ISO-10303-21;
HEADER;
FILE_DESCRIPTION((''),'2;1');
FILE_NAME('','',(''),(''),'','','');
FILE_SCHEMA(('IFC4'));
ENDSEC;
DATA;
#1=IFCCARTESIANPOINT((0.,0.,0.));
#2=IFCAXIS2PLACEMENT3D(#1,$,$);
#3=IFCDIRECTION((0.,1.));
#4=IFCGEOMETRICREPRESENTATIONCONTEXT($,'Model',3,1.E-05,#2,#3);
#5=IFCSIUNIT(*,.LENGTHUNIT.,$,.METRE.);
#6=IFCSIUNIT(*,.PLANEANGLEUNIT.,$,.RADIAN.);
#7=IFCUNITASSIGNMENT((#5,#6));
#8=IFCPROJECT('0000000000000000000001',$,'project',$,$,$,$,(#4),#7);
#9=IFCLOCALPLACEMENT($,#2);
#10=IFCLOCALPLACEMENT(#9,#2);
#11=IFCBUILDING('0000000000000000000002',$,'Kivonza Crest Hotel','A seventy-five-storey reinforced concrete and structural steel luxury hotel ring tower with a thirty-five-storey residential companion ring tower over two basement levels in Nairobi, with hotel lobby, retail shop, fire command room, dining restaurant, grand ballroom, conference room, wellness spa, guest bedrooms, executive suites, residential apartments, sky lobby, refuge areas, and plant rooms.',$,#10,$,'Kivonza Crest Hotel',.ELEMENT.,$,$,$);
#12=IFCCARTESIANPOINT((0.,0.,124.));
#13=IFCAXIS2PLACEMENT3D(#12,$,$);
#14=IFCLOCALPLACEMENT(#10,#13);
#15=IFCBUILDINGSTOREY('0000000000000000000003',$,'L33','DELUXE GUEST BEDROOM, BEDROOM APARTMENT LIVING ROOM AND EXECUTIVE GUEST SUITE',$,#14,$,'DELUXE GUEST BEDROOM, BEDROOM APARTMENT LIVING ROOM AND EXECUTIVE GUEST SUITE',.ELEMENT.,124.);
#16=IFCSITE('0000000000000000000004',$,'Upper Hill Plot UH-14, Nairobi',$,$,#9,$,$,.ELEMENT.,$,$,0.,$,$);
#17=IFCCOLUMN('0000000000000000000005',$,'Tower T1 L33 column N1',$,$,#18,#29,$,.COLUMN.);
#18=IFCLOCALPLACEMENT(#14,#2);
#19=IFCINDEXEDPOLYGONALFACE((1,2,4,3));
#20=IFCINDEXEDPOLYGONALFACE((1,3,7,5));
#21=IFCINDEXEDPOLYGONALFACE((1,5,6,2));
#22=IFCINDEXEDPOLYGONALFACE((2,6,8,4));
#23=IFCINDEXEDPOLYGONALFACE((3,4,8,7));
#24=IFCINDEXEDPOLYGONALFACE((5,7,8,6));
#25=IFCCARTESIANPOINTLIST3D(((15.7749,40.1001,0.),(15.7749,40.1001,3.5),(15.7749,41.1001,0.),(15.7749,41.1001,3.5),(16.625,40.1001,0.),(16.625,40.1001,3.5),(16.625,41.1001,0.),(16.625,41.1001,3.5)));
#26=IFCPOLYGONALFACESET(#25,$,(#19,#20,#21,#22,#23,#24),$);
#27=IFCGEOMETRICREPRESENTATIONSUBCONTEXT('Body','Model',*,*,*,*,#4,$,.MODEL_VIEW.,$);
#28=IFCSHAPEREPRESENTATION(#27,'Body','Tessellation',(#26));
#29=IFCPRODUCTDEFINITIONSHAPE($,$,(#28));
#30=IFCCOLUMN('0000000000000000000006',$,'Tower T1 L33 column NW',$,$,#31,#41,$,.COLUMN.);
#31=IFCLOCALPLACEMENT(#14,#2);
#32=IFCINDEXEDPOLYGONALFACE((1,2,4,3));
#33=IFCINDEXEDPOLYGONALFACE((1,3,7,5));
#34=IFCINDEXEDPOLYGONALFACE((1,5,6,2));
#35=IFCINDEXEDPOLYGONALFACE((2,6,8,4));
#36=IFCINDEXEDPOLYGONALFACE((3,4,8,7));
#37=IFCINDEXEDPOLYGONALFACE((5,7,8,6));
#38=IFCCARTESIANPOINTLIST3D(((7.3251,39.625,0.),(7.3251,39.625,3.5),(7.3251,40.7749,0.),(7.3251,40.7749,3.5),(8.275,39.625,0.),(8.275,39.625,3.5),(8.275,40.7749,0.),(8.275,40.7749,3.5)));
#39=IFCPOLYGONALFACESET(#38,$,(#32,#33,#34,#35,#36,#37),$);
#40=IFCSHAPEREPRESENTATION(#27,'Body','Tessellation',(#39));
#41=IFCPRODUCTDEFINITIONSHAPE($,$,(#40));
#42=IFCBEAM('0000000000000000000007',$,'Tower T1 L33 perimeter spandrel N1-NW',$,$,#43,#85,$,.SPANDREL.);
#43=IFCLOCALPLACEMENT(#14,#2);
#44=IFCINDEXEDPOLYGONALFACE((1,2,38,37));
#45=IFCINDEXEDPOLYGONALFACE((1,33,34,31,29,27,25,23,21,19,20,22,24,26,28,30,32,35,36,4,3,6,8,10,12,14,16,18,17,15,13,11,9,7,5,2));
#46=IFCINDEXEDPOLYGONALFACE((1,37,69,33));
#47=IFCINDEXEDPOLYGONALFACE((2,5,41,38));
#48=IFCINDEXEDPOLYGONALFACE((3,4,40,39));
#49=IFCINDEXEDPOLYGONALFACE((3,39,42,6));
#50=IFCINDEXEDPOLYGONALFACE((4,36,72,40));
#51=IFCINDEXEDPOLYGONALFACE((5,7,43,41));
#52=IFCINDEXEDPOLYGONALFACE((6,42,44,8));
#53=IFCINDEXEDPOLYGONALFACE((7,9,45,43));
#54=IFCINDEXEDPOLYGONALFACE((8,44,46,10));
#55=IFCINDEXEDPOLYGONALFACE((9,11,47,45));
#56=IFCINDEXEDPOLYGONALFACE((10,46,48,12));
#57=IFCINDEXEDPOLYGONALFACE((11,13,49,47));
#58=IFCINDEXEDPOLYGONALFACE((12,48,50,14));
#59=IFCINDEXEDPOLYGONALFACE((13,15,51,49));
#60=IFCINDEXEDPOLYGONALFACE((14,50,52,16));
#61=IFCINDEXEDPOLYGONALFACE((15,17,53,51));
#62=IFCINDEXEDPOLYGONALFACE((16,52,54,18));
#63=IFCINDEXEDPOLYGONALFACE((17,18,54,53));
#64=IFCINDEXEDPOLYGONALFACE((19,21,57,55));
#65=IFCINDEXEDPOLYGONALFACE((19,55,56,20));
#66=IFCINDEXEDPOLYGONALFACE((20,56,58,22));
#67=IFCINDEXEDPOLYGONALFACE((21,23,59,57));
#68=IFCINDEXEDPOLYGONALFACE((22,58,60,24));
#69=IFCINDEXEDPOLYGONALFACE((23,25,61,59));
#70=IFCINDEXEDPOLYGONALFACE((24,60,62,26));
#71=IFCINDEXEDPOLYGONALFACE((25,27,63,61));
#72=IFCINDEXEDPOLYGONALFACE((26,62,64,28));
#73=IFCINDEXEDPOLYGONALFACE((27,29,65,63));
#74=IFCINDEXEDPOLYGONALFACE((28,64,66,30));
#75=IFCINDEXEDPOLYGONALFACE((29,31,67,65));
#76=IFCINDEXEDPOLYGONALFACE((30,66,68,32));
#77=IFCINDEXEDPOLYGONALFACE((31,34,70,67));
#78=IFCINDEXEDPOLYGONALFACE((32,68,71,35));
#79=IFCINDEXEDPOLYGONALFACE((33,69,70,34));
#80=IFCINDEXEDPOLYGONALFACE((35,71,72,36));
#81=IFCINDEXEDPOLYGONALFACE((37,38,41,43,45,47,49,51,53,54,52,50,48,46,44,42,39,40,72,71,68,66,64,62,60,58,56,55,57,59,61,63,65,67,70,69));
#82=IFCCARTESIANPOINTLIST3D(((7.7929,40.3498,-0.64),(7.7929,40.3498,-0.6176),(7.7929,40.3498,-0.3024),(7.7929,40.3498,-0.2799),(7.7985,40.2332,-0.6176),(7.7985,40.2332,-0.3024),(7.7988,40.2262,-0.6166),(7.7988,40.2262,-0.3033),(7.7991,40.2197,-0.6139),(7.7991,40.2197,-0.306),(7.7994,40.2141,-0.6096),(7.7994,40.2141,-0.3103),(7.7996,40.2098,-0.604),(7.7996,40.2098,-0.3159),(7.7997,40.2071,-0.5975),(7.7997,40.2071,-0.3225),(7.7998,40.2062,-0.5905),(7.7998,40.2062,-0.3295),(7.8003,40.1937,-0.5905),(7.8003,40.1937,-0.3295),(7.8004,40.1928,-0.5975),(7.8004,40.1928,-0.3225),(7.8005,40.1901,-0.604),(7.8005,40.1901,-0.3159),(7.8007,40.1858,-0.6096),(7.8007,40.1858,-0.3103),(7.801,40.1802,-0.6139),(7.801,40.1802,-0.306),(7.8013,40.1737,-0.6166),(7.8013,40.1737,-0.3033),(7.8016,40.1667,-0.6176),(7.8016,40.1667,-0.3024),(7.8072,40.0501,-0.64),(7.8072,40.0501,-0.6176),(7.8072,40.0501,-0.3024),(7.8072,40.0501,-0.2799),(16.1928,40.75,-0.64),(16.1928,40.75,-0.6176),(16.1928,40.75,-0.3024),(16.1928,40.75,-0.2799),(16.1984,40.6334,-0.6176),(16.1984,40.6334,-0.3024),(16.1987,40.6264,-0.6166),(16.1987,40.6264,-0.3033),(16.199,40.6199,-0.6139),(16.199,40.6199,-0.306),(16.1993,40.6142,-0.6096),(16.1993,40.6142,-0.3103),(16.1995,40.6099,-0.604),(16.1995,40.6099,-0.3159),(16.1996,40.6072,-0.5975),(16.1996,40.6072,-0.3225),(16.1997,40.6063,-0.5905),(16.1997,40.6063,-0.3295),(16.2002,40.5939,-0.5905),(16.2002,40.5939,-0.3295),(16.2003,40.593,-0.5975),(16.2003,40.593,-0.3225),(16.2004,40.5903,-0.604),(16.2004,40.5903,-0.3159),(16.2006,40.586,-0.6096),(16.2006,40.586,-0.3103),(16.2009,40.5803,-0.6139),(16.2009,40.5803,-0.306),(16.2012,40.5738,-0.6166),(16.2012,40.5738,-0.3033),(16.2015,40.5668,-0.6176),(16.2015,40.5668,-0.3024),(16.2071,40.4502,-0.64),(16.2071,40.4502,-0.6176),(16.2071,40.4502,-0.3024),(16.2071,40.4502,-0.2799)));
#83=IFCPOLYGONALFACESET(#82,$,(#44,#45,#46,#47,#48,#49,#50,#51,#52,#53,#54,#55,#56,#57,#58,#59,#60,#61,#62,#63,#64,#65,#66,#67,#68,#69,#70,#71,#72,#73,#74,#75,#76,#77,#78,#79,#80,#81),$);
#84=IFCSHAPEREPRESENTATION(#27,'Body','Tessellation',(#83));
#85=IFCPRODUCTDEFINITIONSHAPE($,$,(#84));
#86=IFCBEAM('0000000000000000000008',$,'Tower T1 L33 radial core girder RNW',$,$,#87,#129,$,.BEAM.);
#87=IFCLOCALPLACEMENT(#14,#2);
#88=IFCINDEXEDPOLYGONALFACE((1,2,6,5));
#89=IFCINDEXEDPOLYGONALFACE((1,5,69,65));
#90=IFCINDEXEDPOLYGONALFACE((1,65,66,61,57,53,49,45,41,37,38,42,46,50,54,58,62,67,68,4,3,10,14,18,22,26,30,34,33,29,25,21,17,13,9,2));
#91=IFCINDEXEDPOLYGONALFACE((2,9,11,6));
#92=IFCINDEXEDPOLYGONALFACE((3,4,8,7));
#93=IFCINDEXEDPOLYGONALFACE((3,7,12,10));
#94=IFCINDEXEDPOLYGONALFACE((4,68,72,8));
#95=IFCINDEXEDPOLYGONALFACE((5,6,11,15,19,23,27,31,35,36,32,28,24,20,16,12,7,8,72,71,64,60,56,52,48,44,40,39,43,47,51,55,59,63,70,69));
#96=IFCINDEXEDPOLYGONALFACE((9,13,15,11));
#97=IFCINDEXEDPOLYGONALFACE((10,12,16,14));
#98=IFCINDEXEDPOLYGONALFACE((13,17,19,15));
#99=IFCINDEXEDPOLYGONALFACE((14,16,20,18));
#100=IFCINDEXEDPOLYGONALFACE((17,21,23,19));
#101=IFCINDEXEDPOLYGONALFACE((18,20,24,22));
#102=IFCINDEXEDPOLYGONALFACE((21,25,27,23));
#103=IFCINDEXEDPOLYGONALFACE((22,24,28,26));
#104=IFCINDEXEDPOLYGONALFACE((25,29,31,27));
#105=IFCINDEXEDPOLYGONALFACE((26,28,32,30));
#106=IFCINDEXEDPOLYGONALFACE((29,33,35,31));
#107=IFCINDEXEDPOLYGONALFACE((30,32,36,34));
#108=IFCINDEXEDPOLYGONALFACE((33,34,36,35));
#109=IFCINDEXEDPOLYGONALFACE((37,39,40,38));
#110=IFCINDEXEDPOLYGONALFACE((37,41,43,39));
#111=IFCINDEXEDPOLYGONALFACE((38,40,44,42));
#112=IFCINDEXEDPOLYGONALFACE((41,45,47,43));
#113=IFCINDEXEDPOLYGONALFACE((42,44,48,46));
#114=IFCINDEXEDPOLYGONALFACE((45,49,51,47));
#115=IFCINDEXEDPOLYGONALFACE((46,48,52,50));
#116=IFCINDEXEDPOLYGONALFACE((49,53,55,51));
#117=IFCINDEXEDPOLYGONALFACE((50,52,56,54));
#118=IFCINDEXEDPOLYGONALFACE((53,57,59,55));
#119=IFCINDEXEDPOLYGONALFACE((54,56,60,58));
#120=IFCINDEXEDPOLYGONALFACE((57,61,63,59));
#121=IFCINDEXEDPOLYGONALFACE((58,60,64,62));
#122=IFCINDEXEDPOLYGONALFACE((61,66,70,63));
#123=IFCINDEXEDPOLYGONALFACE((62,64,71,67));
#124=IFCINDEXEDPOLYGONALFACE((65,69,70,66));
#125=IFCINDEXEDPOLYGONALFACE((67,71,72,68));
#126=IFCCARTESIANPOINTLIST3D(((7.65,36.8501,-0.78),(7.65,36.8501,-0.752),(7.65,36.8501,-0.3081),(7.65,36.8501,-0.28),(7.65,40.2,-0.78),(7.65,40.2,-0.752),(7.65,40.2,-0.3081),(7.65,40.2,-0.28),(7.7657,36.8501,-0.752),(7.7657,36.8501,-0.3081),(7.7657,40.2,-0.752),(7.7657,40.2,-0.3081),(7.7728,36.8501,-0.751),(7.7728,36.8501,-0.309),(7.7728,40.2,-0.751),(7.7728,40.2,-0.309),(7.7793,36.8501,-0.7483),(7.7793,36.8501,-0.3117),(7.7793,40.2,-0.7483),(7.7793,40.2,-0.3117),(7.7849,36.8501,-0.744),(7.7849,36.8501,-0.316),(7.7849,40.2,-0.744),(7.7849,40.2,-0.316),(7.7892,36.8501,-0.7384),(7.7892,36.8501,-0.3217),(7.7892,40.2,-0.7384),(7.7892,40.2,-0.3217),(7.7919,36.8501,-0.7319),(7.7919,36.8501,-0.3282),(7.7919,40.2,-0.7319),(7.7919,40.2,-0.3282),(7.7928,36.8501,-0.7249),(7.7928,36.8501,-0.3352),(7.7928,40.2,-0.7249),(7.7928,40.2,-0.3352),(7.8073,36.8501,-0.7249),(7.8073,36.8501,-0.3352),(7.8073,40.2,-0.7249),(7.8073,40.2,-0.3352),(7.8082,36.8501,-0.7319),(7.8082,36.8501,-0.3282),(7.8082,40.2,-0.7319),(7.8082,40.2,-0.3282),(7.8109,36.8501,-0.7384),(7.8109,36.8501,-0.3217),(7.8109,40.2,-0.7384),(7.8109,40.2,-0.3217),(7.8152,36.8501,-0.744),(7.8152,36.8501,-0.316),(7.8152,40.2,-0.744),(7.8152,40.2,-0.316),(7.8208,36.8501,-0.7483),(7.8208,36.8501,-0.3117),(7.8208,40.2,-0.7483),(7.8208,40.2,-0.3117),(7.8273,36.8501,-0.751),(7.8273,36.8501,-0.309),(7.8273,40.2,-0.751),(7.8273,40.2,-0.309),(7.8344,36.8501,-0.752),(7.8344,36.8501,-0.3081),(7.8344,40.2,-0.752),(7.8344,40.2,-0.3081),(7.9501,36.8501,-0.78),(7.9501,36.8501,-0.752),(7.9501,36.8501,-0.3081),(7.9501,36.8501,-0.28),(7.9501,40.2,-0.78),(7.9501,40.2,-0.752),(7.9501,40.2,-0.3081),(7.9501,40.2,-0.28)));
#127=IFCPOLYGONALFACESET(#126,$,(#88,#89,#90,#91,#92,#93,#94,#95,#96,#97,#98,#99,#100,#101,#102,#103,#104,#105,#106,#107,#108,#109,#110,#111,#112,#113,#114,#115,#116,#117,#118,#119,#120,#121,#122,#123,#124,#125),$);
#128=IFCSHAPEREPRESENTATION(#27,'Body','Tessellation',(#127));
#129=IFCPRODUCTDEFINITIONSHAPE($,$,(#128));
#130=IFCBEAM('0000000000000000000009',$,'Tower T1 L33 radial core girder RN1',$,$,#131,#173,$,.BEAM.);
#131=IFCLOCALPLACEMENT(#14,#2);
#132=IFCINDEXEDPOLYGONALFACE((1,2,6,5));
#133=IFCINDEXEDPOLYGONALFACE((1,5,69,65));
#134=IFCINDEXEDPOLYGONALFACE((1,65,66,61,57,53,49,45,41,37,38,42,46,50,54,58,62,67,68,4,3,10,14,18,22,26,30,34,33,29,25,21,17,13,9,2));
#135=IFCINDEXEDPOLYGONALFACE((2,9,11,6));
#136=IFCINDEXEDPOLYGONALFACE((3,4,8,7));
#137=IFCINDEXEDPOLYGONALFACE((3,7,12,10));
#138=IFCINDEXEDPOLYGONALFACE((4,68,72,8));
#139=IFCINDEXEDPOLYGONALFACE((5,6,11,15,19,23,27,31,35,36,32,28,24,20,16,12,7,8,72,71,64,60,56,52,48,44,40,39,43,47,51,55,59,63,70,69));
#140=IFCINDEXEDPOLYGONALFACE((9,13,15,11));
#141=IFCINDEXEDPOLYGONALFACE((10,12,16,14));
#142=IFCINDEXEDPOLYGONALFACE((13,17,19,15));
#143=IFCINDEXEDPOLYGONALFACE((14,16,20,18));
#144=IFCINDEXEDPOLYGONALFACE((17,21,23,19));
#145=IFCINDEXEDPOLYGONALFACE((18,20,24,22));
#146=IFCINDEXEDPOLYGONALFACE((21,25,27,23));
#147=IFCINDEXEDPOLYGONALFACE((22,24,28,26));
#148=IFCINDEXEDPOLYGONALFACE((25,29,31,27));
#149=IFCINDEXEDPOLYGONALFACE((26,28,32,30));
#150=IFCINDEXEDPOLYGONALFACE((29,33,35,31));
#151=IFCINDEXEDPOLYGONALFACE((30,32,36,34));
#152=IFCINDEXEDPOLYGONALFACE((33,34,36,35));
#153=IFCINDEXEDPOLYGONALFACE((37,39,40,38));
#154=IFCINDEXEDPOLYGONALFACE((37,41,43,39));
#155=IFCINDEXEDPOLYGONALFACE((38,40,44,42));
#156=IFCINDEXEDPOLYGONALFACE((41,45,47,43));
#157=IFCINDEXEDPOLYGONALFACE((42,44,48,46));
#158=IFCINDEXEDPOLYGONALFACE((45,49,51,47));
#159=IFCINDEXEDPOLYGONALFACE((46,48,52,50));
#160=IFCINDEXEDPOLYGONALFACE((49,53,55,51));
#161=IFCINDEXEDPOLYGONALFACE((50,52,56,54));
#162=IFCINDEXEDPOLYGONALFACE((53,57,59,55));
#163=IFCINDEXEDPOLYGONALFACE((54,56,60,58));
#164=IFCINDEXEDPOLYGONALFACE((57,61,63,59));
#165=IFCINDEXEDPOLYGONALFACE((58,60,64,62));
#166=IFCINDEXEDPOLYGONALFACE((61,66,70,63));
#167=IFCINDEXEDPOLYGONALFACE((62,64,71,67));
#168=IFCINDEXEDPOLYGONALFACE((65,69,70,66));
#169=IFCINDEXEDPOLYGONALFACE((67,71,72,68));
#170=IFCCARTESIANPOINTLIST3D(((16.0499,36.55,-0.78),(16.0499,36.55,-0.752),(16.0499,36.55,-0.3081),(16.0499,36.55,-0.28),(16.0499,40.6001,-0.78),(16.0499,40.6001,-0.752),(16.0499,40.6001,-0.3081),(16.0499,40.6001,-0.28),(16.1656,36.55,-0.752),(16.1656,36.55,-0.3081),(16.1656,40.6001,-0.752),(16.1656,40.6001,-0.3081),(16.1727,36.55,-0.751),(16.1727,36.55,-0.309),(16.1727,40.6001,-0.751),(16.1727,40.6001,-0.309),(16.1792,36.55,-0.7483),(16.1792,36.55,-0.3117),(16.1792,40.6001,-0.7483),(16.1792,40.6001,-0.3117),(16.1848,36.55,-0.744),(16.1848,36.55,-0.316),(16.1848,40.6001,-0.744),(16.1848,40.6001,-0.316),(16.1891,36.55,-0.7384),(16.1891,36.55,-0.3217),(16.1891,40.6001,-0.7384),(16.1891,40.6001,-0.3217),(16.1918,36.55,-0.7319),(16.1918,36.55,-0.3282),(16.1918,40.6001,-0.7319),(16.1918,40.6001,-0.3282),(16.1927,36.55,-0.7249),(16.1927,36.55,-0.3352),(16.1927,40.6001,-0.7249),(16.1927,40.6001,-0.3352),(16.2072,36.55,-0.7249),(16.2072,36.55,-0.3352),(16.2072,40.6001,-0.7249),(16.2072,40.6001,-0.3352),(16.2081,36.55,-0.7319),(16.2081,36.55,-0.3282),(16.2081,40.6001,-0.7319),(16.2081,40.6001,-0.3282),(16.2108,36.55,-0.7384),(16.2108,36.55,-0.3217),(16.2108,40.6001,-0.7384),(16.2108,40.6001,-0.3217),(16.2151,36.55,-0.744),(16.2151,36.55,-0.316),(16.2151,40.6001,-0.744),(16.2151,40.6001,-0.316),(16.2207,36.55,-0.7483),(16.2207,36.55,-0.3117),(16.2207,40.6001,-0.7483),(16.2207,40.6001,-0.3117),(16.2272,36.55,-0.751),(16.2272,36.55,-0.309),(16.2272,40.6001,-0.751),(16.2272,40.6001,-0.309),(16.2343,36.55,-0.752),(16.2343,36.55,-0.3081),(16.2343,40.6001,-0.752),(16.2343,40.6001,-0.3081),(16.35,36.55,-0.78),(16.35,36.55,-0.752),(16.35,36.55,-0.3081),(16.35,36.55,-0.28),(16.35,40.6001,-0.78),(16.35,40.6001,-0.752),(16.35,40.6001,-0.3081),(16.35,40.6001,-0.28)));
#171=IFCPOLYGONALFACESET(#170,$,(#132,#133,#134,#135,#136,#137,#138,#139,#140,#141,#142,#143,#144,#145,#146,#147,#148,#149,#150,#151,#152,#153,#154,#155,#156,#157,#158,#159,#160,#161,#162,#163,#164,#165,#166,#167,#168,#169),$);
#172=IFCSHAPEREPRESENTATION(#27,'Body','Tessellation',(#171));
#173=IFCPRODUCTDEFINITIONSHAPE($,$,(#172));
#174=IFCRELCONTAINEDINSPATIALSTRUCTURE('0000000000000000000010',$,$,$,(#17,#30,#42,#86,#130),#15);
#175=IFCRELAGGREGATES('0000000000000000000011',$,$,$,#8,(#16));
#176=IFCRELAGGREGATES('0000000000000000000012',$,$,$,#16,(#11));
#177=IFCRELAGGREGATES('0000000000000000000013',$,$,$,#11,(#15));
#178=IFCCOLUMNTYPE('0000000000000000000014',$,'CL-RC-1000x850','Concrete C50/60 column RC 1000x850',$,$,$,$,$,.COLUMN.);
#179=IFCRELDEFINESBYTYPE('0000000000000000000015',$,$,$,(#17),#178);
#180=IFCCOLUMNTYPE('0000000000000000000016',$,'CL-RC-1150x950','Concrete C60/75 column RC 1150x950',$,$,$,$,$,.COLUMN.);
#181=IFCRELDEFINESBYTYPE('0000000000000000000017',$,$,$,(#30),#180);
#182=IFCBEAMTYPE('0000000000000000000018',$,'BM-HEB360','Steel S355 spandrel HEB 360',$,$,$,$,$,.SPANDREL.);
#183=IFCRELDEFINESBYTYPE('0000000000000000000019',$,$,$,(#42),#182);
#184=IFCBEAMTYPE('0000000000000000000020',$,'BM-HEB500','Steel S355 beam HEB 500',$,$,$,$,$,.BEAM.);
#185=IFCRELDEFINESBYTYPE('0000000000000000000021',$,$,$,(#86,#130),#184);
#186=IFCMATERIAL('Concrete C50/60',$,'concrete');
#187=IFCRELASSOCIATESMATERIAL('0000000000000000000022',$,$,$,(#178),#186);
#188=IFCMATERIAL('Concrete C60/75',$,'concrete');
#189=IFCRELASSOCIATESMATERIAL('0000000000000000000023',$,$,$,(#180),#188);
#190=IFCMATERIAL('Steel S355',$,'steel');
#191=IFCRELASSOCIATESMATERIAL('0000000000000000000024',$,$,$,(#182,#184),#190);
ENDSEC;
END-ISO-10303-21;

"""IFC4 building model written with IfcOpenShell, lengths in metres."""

from ifc_helpers import new_model, si_unit, direction, frame, origin, origin_2d, place, context, subcontext, project, spatial, rectangle, i_section, extrude, material, material_profile, profile_set, type_object, element, save


model = new_model("IFC4")

# Units and contexts
model_context = context("Model", 3, precision=1e-05, world=origin(), true_north=direction((0.0, 1.0)))
body_context = subcontext(model_context, "Body", "Model", "MODEL_VIEW")
ifc_project = project(units=[si_unit("LENGTHUNIT", "METRE"), si_unit("PLANEANGLEUNIT", "RADIAN")], contexts=[model_context])

# Site, building, storey
site_placement = place(None, origin())
site = spatial("IfcSite", under=ifc_project, at=site_placement, Name="Upper Hill Plot UH-14, Nairobi", CompositionType="ELEMENT", RefElevation=0.0)
building_placement = place(site_placement, origin())
building = spatial("IfcBuilding", under=site, at=building_placement, Name="Kivonza Crest Hotel", Description="A seventy-five-storey reinforced concrete and structural steel luxury hotel ring tower with a thirty-five-storey residential companion ring tower over two basement levels in Nairobi, with hotel lobby, retail shop, fire command room, dining restaurant, grand ballroom, conference room, wellness spa, guest bedrooms, executive suites, residential apartments, sky lobby, refuge areas, and plant rooms.", LongName="Kivonza Crest Hotel", CompositionType="ELEMENT")
storey_placement = place(building_placement, frame((0.0, 0.0, 124.0)))
storey = spatial("IfcBuildingStorey", under=building, at=storey_placement, Name="L33", Description="DELUXE GUEST BEDROOM, BEDROOM APARTMENT LIVING ROOM AND EXECUTIVE GUEST SUITE", LongName="DELUXE GUEST BEDROOM, BEDROOM APARTMENT LIVING ROOM AND EXECUTIVE GUEST SUITE", CompositionType="ELEMENT", Elevation=124.0)

# Columns
ifc_material_1 = material(Name="Concrete C50/60", Category="concrete")
ifc_material_profile_1 = material_profile(ifc_material_1, rectangle(XDim=0.8501, YDim=1.0, at=origin_2d()), Name="RC 1000x850")
ifc_profile_set_1 = profile_set([ifc_material_profile_1], Name="Concrete C50/60")
column_type_1 = type_object("IfcColumnType", Name="CL-RC-1000x850", Description="Concrete C50/60 column RC 1000x850", PredefinedType="COLUMN", material=ifc_profile_set_1)
column_1_placement = place(storey_placement, frame((16.2, 40.6001, 0.0), z_axis=(0.0, 0.0, 1.0), x_axis=(1.0, 0.0, 0.0)))
element("IfcColumn", 1, at=column_1_placement, inside=storey, type_object=column_type_1, Name="Tower T1 L33 column N1", PredefinedType="COLUMN", context=body_context, shape_type="SweptSolid", body=[
    extrude(rectangle(XDim=0.8501, YDim=1.0, at=origin_2d()), origin(), (0.0, 0.0, 1.0), 3.5),
])
ifc_material_2 = material(Name="Concrete C60/75", Category="concrete")
ifc_material_profile_2 = material_profile(ifc_material_2, rectangle(XDim=0.95, YDim=1.1499, at=origin_2d()), Name="RC 1150x950")
ifc_profile_set_2 = profile_set([ifc_material_profile_2], Name="Concrete C60/75")
column_type_2 = type_object("IfcColumnType", Name="CL-RC-1150x950", Description="Concrete C60/75 column RC 1150x950", PredefinedType="COLUMN", material=ifc_profile_set_2)
column_2_placement = place(storey_placement, frame((7.8, 40.2, 0.0), z_axis=(0.0, 0.0, 1.0), x_axis=(1.0, 0.0, 0.0)))
element("IfcColumn", 2, at=column_2_placement, inside=storey, type_object=column_type_2, Name="Tower T1 L33 column NW", PredefinedType="COLUMN", context=body_context, shape_type="SweptSolid", body=[
    extrude(rectangle(XDim=0.95, YDim=1.1499, at=origin_2d()), origin(), (0.0, 0.0, 1.0), 3.5),
])

# Beams
ifc_material_3 = material(Name="Steel S355", Category="steel")
ifc_material_profile_3 = material_profile(ifc_material_3, i_section(OverallWidth=0.3, OverallDepth=0.3601, WebThickness=0.0125, FlangeThickness=0.0225, FilletRadius=0.0271, at=origin_2d()), Name="HEB 360")
ifc_profile_set_3 = profile_set([ifc_material_profile_3], Name="Steel S355")
beam_type_1 = type_object("IfcBeamType", Name="BM-HEB360", Description="Steel S355 spandrel HEB 360", PredefinedType="SPANDREL", material=ifc_profile_set_3)
beam_1_placement = place(storey_placement, frame((16.2, 40.6001, -0.46), z_axis=(-0.998867, -0.047583, 0.0), x_axis=(0.047583, -0.998867, 0.0)))
element("IfcBeam", 3, at=beam_1_placement, inside=storey, type_object=beam_type_1, Name="Tower T1 L33 perimeter spandrel N1-NW", PredefinedType="SPANDREL", context=body_context, shape_type="SweptSolid", body=[
    extrude(i_section(OverallWidth=0.3, OverallDepth=0.3601, WebThickness=0.0125, FlangeThickness=0.0225, FilletRadius=0.0271, at=origin_2d()), origin(), (0.0, 0.0, 1.0), 8.4094),
])
ifc_material_profile_4 = material_profile(ifc_material_3, i_section(OverallWidth=0.3, OverallDepth=0.5, WebThickness=0.0144, FlangeThickness=0.0281, FilletRadius=0.0271, at=origin_2d()), Name="HEB 500")
ifc_profile_set_4 = profile_set([ifc_material_profile_4], Name="Steel S355")
beam_type_2 = type_object("IfcBeamType", Name="BM-HEB500", Description="Steel S355 beam HEB 500", PredefinedType="BEAM", material=ifc_profile_set_4)
beam_2_placement = place(storey_placement, frame((7.8, 40.2, -0.53), z_axis=(0.0, -1.0, 0.0), x_axis=(1.0, 0.0, 0.0)))
element("IfcBeam", 4, at=beam_2_placement, inside=storey, type_object=beam_type_2, Name="Tower T1 L33 radial core girder RNW", PredefinedType="BEAM", context=body_context, shape_type="SweptSolid", body=[
    extrude(i_section(OverallWidth=0.3, OverallDepth=0.5, WebThickness=0.0144, FlangeThickness=0.0281, FilletRadius=0.0271, at=origin_2d()), origin(), (0.0, 0.0, 1.0), 3.3499),
])
beam_3_placement = place(storey_placement, frame((16.2, 40.6001, -0.53), z_axis=(0.0, -1.0, 0.0), x_axis=(1.0, 0.0, 0.0)))
element("IfcBeam", 5, at=beam_3_placement, inside=storey, type_object=beam_type_2, Name="Tower T1 L33 radial core girder RN1", PredefinedType="BEAM", context=body_context, shape_type="SweptSolid", body=[
    extrude(i_section(OverallWidth=0.3, OverallDepth=0.5, WebThickness=0.0144, FlangeThickness=0.0281, FilletRadius=0.0271, at=origin_2d()), origin(), (0.0, 0.0, 1.0), 4.05),
])

save(model, "model.ifc")
